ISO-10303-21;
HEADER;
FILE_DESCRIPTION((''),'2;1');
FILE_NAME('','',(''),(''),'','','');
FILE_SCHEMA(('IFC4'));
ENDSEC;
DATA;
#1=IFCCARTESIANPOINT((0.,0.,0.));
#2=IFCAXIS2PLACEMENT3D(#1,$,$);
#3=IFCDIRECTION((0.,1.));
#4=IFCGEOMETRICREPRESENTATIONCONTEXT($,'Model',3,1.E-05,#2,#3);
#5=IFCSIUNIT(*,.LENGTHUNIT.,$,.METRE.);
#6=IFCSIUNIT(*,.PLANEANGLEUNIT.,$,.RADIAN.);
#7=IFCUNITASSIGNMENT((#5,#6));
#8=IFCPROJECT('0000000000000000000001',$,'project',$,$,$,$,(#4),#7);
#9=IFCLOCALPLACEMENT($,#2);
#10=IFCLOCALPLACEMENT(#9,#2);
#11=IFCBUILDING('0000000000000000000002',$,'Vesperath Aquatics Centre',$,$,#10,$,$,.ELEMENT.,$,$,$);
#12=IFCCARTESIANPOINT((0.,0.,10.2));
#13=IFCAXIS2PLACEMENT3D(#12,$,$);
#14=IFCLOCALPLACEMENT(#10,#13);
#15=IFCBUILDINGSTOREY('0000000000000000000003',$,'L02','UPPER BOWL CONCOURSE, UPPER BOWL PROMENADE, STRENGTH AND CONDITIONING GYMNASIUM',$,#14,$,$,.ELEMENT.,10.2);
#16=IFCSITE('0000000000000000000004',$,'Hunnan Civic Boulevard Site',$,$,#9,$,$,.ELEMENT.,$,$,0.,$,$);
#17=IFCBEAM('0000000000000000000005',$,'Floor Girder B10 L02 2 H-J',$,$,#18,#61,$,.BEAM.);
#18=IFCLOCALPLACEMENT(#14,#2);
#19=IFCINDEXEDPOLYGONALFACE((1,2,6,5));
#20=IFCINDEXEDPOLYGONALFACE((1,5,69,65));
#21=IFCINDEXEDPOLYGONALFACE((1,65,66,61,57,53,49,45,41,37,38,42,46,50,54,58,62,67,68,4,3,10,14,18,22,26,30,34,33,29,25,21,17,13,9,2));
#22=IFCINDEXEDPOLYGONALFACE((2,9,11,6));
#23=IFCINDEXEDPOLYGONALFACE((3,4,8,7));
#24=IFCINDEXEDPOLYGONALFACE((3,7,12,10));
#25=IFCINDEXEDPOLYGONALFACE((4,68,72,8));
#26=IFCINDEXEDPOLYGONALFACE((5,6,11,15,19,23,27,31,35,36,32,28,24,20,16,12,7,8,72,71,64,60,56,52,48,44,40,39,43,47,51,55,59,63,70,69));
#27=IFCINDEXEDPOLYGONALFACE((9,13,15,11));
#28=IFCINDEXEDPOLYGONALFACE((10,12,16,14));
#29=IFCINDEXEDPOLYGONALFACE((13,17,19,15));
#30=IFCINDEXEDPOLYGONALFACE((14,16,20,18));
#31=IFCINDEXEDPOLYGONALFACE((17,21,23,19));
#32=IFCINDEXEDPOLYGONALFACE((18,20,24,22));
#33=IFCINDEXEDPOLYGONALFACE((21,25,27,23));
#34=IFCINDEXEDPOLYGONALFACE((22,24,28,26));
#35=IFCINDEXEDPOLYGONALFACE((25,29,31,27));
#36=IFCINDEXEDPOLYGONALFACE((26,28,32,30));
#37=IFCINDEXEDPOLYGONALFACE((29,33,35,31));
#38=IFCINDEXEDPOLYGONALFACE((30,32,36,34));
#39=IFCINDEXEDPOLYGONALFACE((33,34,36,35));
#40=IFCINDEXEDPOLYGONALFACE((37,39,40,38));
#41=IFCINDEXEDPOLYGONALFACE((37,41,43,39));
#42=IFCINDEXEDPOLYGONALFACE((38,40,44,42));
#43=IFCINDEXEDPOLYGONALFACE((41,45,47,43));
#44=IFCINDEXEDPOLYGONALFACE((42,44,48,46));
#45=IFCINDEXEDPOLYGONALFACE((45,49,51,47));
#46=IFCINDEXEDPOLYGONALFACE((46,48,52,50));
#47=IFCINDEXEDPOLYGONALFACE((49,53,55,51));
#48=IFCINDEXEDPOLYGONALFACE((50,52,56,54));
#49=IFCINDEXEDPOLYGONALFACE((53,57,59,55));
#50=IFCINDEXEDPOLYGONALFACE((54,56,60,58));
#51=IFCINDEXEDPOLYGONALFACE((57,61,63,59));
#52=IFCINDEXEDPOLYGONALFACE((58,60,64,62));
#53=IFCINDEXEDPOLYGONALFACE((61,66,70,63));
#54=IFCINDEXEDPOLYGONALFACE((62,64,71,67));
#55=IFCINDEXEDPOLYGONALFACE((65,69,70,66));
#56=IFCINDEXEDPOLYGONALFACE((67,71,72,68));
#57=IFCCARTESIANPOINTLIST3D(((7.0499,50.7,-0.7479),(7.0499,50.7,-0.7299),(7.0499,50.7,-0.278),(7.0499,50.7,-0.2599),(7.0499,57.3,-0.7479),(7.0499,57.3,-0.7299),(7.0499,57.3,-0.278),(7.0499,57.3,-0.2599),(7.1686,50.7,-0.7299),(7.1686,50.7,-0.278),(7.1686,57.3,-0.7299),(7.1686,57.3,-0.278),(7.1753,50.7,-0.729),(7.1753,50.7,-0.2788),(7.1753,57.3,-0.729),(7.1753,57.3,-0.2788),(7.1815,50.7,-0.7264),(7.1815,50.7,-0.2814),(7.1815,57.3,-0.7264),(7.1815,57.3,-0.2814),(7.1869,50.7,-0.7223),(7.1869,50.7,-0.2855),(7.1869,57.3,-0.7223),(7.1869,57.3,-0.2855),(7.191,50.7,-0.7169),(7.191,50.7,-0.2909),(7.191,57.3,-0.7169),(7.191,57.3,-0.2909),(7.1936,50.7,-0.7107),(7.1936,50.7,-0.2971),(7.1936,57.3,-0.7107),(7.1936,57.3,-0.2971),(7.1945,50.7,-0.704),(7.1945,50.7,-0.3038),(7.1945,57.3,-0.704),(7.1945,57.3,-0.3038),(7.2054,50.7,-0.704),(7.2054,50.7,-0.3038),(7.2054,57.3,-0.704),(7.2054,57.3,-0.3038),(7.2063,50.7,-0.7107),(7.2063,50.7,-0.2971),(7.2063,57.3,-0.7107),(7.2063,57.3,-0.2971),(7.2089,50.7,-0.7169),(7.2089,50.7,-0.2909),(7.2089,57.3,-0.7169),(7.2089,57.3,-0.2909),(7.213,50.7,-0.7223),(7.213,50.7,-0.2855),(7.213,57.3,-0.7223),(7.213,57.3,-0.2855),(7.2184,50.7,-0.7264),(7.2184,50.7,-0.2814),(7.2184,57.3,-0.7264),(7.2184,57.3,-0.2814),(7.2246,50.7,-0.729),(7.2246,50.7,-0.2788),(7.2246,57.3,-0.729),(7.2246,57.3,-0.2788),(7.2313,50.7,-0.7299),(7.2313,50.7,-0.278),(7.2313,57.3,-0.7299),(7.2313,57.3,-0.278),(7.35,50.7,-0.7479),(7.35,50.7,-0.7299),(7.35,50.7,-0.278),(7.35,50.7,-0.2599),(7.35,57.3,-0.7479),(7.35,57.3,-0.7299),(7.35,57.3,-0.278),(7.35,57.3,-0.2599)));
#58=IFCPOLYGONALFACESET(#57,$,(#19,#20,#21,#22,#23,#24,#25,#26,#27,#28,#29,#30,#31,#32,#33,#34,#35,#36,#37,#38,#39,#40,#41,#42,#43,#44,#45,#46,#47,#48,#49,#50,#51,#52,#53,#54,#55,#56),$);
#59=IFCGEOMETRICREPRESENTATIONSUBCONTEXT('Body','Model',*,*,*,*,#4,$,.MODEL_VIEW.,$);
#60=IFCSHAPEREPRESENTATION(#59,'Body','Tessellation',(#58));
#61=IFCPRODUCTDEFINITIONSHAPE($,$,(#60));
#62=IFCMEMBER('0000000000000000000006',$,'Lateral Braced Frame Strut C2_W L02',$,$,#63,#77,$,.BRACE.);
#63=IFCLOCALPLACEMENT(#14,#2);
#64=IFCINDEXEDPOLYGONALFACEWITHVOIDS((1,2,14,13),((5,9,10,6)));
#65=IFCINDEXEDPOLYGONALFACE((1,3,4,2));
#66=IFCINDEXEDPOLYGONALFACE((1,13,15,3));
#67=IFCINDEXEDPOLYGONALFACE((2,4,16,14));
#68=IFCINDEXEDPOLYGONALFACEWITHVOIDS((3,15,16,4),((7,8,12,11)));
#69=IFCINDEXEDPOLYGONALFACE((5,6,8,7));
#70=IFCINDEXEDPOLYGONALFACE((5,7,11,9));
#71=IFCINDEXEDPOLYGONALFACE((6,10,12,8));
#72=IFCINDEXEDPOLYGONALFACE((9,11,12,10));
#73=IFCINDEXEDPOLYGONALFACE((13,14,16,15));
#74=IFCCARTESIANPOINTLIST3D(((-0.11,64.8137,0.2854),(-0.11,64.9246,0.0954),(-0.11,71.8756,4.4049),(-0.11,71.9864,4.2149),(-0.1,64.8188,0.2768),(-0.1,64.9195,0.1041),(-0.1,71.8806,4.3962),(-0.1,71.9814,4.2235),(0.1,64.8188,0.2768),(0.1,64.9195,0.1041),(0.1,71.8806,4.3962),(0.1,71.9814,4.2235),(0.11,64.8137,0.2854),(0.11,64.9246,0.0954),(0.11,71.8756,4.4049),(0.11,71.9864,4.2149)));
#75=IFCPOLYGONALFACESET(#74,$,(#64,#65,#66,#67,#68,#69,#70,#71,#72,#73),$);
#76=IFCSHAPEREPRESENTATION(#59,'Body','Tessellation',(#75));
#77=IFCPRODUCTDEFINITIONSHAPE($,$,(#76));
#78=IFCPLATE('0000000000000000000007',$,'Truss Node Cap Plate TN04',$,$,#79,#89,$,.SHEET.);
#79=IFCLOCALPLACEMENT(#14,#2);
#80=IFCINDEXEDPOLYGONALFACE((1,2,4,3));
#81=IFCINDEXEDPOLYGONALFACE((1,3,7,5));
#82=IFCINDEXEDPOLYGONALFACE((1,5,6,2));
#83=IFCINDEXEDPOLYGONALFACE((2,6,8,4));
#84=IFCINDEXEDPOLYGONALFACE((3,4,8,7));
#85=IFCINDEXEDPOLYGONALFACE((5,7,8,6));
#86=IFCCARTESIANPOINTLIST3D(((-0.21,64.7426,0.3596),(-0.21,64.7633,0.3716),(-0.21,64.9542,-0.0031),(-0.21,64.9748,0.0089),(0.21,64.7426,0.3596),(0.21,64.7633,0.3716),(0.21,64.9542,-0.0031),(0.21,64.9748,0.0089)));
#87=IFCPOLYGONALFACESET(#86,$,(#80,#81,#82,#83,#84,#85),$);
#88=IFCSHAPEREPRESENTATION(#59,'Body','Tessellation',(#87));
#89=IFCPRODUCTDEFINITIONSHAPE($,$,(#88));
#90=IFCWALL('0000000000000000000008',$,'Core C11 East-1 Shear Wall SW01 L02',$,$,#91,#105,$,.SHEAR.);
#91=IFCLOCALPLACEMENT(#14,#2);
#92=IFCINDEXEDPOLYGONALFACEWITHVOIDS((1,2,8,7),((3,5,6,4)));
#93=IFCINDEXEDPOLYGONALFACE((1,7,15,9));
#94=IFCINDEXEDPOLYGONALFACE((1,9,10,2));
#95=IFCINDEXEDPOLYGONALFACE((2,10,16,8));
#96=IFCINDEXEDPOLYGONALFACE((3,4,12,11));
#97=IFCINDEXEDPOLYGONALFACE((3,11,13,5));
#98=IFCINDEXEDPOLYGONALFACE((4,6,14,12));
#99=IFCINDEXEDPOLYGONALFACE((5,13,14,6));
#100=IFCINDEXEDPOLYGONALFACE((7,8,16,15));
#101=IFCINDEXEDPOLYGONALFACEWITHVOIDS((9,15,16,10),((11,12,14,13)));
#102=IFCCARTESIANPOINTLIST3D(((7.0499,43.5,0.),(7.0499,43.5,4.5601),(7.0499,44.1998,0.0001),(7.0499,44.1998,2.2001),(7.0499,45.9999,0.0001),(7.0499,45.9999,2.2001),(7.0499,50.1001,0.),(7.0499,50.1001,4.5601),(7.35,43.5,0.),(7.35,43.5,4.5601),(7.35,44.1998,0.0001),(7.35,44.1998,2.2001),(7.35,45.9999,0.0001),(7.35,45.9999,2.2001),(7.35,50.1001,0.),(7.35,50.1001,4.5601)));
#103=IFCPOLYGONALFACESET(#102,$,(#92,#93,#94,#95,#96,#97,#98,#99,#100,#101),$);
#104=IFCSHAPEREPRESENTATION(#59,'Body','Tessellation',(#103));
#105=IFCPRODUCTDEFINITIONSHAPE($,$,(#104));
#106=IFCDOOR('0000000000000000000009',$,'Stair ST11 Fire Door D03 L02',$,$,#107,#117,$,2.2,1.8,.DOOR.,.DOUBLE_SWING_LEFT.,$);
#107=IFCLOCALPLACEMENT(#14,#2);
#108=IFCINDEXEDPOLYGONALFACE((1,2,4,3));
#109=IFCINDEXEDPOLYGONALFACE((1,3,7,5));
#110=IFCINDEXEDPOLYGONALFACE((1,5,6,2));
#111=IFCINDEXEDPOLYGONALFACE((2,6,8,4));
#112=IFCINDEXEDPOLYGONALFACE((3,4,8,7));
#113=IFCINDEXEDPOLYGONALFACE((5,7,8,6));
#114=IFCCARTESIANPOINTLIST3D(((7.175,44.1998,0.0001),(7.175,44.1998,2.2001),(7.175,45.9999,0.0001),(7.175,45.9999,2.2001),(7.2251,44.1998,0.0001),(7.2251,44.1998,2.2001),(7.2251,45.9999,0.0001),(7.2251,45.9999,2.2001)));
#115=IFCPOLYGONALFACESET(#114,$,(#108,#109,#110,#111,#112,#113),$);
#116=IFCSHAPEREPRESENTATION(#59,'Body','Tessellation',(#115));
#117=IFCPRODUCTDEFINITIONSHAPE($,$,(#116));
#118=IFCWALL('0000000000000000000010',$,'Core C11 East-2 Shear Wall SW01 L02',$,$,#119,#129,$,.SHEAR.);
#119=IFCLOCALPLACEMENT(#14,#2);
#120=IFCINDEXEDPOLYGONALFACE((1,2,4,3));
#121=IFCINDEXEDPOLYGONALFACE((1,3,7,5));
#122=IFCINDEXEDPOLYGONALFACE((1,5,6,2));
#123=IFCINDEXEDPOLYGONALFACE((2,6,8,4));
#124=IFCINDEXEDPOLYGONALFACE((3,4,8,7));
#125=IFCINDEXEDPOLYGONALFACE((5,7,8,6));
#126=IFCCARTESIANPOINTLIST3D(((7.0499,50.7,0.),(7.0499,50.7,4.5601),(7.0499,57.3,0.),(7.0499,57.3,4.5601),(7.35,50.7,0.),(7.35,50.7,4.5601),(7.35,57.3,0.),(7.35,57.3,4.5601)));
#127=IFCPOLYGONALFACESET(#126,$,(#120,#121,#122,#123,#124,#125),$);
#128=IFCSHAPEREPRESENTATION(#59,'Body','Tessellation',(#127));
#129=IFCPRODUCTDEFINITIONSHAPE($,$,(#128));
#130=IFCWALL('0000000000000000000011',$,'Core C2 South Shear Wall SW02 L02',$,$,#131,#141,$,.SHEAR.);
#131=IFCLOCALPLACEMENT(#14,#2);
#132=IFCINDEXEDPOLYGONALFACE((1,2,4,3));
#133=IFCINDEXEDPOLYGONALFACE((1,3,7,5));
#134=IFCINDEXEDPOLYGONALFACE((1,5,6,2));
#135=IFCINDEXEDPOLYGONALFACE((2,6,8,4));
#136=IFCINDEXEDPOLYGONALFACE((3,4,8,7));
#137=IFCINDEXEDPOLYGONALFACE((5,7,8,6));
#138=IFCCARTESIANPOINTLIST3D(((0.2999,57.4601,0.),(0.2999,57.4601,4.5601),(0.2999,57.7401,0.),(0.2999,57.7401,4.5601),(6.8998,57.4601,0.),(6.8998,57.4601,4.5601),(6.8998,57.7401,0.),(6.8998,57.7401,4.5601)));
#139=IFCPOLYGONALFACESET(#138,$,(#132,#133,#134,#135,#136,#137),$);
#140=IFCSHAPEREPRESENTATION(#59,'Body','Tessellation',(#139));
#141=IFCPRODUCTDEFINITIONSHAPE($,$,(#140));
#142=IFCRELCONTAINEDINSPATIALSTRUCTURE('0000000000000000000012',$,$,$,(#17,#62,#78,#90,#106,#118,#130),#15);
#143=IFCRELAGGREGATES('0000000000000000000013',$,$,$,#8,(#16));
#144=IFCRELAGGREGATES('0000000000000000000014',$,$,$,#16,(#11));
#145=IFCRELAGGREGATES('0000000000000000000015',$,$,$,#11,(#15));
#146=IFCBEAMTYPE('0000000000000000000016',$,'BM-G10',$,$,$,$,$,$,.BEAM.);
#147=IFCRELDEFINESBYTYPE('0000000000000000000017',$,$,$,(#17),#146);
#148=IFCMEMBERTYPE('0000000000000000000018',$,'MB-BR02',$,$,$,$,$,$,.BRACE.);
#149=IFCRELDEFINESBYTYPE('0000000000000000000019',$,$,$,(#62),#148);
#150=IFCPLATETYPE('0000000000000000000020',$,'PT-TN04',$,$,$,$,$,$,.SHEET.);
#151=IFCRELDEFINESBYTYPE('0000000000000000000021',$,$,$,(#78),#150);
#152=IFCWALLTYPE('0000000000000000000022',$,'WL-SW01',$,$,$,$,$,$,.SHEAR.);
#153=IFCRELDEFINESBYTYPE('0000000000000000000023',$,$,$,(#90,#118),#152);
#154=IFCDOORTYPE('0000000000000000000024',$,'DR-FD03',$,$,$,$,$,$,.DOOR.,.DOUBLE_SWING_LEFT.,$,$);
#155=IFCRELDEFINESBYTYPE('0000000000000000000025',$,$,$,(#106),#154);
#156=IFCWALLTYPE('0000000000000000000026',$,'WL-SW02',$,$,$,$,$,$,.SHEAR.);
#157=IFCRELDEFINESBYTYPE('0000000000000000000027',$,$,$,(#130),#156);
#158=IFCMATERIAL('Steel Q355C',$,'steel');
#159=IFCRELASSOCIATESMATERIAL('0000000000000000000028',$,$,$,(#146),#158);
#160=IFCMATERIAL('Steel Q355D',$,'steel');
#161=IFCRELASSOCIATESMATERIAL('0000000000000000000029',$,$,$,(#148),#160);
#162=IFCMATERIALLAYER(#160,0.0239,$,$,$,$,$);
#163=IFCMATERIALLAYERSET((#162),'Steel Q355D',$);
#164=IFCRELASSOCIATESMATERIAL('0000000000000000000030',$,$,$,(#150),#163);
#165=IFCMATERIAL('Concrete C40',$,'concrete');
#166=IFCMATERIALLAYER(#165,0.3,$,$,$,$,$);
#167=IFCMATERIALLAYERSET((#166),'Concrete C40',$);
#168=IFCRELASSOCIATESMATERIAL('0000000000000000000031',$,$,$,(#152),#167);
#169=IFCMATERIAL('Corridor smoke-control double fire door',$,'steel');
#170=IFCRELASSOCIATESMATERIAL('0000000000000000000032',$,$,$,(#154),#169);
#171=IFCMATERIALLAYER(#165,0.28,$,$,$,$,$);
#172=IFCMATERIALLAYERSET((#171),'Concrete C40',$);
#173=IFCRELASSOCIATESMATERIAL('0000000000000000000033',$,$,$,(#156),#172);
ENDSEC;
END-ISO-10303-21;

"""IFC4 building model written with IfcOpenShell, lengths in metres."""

from ifc_helpers import new_model, si_unit, direction, frame, frame_2d, origin, origin_2d, place, context, subcontext, project, spatial, rectangle, hollow_rectangle, i_section, extrude, material, layer, layer_set, material_profile, profile_set, type_object, element, fill, save


model = new_model("IFC4")

# Units and contexts
model_context = context("Model", 3, precision=1e-05, world=origin(), true_north=direction((0.0, 1.0)))
body_context = subcontext(model_context, "Body", "Model", "MODEL_VIEW")
ifc_project = project(units=[si_unit("LENGTHUNIT", "METRE"), si_unit("PLANEANGLEUNIT", "RADIAN")], contexts=[model_context])

# Site, building, storey
site_placement = place(None, origin())
site = spatial("IfcSite", under=ifc_project, at=site_placement, Name="Hunnan Civic Boulevard Site", CompositionType="ELEMENT", RefElevation=0.0)
building_placement = place(site_placement, origin())
building = spatial("IfcBuilding", under=site, at=building_placement, Name="Vesperath Aquatics Centre", CompositionType="ELEMENT")
storey_placement = place(building_placement, frame((0.0, 0.0, 10.2)))
storey = spatial("IfcBuildingStorey", under=building, at=storey_placement, Name="L02", Description="UPPER BOWL CONCOURSE, UPPER BOWL PROMENADE, STRENGTH AND CONDITIONING GYMNASIUM", CompositionType="ELEMENT", Elevation=10.2)

# Shared definitions
ifc_material_1 = material(Name="Concrete C40", Category="concrete")

# Beam
ifc_material_2 = material(Name="Steel Q355C", Category="steel")
ifc_material_profile_1 = material_profile(ifc_material_2, i_section(OverallWidth=0.3, OverallDepth=0.488, WebThickness=0.011, FlangeThickness=0.0181, FilletRadius=0.0259, at=origin_2d()), Name="HM 488x300x11x18")
ifc_profile_set_1 = profile_set([ifc_material_profile_1], Name="Steel Q355C")
beam_type_1 = type_object("IfcBeamType", Name="BM-G10", PredefinedType="BEAM", material=ifc_profile_set_1)
for number, where, z_axis, x_axis, name in (
    (1, (7.2, 50.7, -0.5039), (0.0, 1.0, 0.0), (-1.0, 0.0, 0.0), "Floor Girder B10 L02 2 H-J"),
):
    element("IfcBeam", number, at=place(storey_placement, frame(where, z_axis=z_axis, x_axis=x_axis)), inside=storey, type_object=beam_type_1, Name=name, PredefinedType="BEAM", context=body_context, shape_type="SweptSolid", body=[
        extrude(i_section(OverallWidth=0.3, OverallDepth=0.488, WebThickness=0.011, FlangeThickness=0.0181, FilletRadius=0.0259, at=origin_2d()), origin(), (0.0, 0.0, 1.0), 6.6001),
    ])

# Member
ifc_material_3 = material(Name="Steel Q355D", Category="steel")
ifc_material_profile_2 = material_profile(ifc_material_3, hollow_rectangle(XDim=0.22, YDim=0.22, WallThickness=0.01, at=origin_2d()), Name="SHS 220x220x10")
ifc_profile_set_2 = profile_set([ifc_material_profile_2], Name="Steel Q355D")
member_type = type_object("IfcMemberType", Name="MB-BR02", PredefinedType="BRACE", material=ifc_profile_set_2)
member_placement = place(storey_placement, frame((0.0, 64.8691, 0.1904), z_axis=(0.0, 0.863778, 0.503873), x_axis=(-1.0, 0.0, 0.0)))
element("IfcMember", 2, at=member_placement, inside=storey, type_object=member_type, Name="Lateral Braced Frame Strut C2_W L02", PredefinedType="BRACE", context=body_context, shape_type="SweptSolid", body=[
    extrude(hollow_rectangle(XDim=0.22, YDim=0.22, WallThickness=0.01, at=origin_2d()), origin(), (0.0, 0.0, 1.0), 8.1755),
])

# Plate
ifc_layer_1 = layer(ifc_material_3, 0.0239)
ifc_layer_set_1 = layer_set([ifc_layer_1], Name="Steel Q355D")
plate_type = type_object("IfcPlateType", Name="PT-TN04", PredefinedType="SHEET", material=ifc_layer_set_1)
plate_placement = place(storey_placement, frame((0.0, 64.8484, 0.1782), z_axis=(0.0, 0.863779, 0.503871), x_axis=(-1.0, 0.0, 0.0)))
element("IfcPlate", 3, at=plate_placement, inside=storey, type_object=plate_type, Name="Truss Node Cap Plate TN04", PredefinedType="SHEET", context=body_context, shape_type="SweptSolid", body=[
    extrude(rectangle(XDim=0.4199, YDim=0.4199, at=origin_2d()), origin(), (0.0, 0.0, 1.0), 0.0239),
])

# Wall, opening, door
ifc_layer_2 = layer(ifc_material_1, 0.3)
ifc_layer_set_2 = layer_set([ifc_layer_2], Name="Concrete C40")
wall_type_1 = type_object("IfcWallType", Name="WL-SW01", PredefinedType="SHEAR", material=ifc_layer_set_2)
wall_1_placement = place(storey_placement, frame((7.2, 43.5, 0.0), z_axis=(0.0, 0.0, 1.0), x_axis=(0.0, 1.0, 0.0)))
wall_1 = element("IfcWall", 4, at=wall_1_placement, inside=storey, type_object=wall_type_1, Name="Core C11 East-1 Shear Wall SW01 L02", PredefinedType="SHEAR", context=body_context, shape_type="SweptSolid", body=[
    extrude(rectangle(XDim=6.6001, YDim=0.3, at=frame_2d((3.3, 0.0))), origin(), (0.0, 0.0, 1.0), 4.5601),
])
opening_1_placement = place(wall_1_placement, frame((0.7, 0.0, 0.0)))
opening_1 = element("IfcOpeningElement", 5, at=opening_1_placement, cuts=wall_1, PredefinedType="OPENING", context=body_context, shape_type="SweptSolid", body=[
    extrude(rectangle(XDim=1.8, YDim=2.2, at=frame_2d((0.8999, 1.1001))), frame((0.0, 0.165, 0.0), z_axis=(0.0, -1.0, 0.0), x_axis=(1.0, 0.0, 0.0)), (0.0, 0.0, 1.0), 0.3298),
])
ifc_material_4 = material(Name="Corridor smoke-control double fire door", Category="steel")
door_type_1 = type_object("IfcDoorType", Name="DR-FD03", OperationType="DOUBLE_SWING_LEFT", PredefinedType="DOOR", material=ifc_material_4)
door_1_placement = place(opening_1_placement, origin())
door_1 = element("IfcDoor", 6, at=door_1_placement, inside=storey, type_object=door_type_1, Name="Stair ST11 Fire Door D03 L02", OperationType="DOUBLE_SWING_LEFT", OverallHeight=2.2, OverallWidth=1.8, PredefinedType="DOOR", context=body_context, shape_type="SweptSolid", body=[
    extrude(rectangle(XDim=1.8, YDim=2.2, at=frame_2d((0.8999, 1.1001))), frame((0.0, 0.0249, 0.0), z_axis=(0.0, -1.0, 0.0), x_axis=(1.0, 0.0, 0.0)), (0.0, 0.0, 1.0), 0.05),
])
fill(opening_1, door_1)

# Walls
wall_2_placement = place(storey_placement, frame((7.2, 50.7, 0.0), z_axis=(0.0, 0.0, 1.0), x_axis=(0.0, 1.0, 0.0)))
element("IfcWall", 7, at=wall_2_placement, inside=storey, type_object=wall_type_1, Name="Core C11 East-2 Shear Wall SW01 L02", PredefinedType="SHEAR", context=body_context, shape_type="SweptSolid", body=[
    extrude(rectangle(XDim=6.6001, YDim=0.3, at=frame_2d((3.3, 0.0))), origin(), (0.0, 0.0, 1.0), 4.5601),
])
ifc_layer_3 = layer(ifc_material_1, 0.28)
ifc_layer_set_3 = layer_set([ifc_layer_3], Name="Concrete C40")
wall_type_2 = type_object("IfcWallType", Name="WL-SW02", PredefinedType="SHEAR", material=ifc_layer_set_3)
wall_3_placement = place(storey_placement, frame((0.3, 57.6001, 0.0), z_axis=(0.0, 0.0, 1.0), x_axis=(1.0, 0.0, 0.0)))
element("IfcWall", 8, at=wall_3_placement, inside=storey, type_object=wall_type_2, Name="Core C2 South Shear Wall SW02 L02", PredefinedType="SHEAR", context=body_context, shape_type="SweptSolid", body=[
    extrude(rectangle(XDim=6.5999, YDim=0.28, at=frame_2d((3.2998, 0.0))), origin(), (0.0, 0.0, 1.0), 4.5601),
])

save(model, "model.ifc")
